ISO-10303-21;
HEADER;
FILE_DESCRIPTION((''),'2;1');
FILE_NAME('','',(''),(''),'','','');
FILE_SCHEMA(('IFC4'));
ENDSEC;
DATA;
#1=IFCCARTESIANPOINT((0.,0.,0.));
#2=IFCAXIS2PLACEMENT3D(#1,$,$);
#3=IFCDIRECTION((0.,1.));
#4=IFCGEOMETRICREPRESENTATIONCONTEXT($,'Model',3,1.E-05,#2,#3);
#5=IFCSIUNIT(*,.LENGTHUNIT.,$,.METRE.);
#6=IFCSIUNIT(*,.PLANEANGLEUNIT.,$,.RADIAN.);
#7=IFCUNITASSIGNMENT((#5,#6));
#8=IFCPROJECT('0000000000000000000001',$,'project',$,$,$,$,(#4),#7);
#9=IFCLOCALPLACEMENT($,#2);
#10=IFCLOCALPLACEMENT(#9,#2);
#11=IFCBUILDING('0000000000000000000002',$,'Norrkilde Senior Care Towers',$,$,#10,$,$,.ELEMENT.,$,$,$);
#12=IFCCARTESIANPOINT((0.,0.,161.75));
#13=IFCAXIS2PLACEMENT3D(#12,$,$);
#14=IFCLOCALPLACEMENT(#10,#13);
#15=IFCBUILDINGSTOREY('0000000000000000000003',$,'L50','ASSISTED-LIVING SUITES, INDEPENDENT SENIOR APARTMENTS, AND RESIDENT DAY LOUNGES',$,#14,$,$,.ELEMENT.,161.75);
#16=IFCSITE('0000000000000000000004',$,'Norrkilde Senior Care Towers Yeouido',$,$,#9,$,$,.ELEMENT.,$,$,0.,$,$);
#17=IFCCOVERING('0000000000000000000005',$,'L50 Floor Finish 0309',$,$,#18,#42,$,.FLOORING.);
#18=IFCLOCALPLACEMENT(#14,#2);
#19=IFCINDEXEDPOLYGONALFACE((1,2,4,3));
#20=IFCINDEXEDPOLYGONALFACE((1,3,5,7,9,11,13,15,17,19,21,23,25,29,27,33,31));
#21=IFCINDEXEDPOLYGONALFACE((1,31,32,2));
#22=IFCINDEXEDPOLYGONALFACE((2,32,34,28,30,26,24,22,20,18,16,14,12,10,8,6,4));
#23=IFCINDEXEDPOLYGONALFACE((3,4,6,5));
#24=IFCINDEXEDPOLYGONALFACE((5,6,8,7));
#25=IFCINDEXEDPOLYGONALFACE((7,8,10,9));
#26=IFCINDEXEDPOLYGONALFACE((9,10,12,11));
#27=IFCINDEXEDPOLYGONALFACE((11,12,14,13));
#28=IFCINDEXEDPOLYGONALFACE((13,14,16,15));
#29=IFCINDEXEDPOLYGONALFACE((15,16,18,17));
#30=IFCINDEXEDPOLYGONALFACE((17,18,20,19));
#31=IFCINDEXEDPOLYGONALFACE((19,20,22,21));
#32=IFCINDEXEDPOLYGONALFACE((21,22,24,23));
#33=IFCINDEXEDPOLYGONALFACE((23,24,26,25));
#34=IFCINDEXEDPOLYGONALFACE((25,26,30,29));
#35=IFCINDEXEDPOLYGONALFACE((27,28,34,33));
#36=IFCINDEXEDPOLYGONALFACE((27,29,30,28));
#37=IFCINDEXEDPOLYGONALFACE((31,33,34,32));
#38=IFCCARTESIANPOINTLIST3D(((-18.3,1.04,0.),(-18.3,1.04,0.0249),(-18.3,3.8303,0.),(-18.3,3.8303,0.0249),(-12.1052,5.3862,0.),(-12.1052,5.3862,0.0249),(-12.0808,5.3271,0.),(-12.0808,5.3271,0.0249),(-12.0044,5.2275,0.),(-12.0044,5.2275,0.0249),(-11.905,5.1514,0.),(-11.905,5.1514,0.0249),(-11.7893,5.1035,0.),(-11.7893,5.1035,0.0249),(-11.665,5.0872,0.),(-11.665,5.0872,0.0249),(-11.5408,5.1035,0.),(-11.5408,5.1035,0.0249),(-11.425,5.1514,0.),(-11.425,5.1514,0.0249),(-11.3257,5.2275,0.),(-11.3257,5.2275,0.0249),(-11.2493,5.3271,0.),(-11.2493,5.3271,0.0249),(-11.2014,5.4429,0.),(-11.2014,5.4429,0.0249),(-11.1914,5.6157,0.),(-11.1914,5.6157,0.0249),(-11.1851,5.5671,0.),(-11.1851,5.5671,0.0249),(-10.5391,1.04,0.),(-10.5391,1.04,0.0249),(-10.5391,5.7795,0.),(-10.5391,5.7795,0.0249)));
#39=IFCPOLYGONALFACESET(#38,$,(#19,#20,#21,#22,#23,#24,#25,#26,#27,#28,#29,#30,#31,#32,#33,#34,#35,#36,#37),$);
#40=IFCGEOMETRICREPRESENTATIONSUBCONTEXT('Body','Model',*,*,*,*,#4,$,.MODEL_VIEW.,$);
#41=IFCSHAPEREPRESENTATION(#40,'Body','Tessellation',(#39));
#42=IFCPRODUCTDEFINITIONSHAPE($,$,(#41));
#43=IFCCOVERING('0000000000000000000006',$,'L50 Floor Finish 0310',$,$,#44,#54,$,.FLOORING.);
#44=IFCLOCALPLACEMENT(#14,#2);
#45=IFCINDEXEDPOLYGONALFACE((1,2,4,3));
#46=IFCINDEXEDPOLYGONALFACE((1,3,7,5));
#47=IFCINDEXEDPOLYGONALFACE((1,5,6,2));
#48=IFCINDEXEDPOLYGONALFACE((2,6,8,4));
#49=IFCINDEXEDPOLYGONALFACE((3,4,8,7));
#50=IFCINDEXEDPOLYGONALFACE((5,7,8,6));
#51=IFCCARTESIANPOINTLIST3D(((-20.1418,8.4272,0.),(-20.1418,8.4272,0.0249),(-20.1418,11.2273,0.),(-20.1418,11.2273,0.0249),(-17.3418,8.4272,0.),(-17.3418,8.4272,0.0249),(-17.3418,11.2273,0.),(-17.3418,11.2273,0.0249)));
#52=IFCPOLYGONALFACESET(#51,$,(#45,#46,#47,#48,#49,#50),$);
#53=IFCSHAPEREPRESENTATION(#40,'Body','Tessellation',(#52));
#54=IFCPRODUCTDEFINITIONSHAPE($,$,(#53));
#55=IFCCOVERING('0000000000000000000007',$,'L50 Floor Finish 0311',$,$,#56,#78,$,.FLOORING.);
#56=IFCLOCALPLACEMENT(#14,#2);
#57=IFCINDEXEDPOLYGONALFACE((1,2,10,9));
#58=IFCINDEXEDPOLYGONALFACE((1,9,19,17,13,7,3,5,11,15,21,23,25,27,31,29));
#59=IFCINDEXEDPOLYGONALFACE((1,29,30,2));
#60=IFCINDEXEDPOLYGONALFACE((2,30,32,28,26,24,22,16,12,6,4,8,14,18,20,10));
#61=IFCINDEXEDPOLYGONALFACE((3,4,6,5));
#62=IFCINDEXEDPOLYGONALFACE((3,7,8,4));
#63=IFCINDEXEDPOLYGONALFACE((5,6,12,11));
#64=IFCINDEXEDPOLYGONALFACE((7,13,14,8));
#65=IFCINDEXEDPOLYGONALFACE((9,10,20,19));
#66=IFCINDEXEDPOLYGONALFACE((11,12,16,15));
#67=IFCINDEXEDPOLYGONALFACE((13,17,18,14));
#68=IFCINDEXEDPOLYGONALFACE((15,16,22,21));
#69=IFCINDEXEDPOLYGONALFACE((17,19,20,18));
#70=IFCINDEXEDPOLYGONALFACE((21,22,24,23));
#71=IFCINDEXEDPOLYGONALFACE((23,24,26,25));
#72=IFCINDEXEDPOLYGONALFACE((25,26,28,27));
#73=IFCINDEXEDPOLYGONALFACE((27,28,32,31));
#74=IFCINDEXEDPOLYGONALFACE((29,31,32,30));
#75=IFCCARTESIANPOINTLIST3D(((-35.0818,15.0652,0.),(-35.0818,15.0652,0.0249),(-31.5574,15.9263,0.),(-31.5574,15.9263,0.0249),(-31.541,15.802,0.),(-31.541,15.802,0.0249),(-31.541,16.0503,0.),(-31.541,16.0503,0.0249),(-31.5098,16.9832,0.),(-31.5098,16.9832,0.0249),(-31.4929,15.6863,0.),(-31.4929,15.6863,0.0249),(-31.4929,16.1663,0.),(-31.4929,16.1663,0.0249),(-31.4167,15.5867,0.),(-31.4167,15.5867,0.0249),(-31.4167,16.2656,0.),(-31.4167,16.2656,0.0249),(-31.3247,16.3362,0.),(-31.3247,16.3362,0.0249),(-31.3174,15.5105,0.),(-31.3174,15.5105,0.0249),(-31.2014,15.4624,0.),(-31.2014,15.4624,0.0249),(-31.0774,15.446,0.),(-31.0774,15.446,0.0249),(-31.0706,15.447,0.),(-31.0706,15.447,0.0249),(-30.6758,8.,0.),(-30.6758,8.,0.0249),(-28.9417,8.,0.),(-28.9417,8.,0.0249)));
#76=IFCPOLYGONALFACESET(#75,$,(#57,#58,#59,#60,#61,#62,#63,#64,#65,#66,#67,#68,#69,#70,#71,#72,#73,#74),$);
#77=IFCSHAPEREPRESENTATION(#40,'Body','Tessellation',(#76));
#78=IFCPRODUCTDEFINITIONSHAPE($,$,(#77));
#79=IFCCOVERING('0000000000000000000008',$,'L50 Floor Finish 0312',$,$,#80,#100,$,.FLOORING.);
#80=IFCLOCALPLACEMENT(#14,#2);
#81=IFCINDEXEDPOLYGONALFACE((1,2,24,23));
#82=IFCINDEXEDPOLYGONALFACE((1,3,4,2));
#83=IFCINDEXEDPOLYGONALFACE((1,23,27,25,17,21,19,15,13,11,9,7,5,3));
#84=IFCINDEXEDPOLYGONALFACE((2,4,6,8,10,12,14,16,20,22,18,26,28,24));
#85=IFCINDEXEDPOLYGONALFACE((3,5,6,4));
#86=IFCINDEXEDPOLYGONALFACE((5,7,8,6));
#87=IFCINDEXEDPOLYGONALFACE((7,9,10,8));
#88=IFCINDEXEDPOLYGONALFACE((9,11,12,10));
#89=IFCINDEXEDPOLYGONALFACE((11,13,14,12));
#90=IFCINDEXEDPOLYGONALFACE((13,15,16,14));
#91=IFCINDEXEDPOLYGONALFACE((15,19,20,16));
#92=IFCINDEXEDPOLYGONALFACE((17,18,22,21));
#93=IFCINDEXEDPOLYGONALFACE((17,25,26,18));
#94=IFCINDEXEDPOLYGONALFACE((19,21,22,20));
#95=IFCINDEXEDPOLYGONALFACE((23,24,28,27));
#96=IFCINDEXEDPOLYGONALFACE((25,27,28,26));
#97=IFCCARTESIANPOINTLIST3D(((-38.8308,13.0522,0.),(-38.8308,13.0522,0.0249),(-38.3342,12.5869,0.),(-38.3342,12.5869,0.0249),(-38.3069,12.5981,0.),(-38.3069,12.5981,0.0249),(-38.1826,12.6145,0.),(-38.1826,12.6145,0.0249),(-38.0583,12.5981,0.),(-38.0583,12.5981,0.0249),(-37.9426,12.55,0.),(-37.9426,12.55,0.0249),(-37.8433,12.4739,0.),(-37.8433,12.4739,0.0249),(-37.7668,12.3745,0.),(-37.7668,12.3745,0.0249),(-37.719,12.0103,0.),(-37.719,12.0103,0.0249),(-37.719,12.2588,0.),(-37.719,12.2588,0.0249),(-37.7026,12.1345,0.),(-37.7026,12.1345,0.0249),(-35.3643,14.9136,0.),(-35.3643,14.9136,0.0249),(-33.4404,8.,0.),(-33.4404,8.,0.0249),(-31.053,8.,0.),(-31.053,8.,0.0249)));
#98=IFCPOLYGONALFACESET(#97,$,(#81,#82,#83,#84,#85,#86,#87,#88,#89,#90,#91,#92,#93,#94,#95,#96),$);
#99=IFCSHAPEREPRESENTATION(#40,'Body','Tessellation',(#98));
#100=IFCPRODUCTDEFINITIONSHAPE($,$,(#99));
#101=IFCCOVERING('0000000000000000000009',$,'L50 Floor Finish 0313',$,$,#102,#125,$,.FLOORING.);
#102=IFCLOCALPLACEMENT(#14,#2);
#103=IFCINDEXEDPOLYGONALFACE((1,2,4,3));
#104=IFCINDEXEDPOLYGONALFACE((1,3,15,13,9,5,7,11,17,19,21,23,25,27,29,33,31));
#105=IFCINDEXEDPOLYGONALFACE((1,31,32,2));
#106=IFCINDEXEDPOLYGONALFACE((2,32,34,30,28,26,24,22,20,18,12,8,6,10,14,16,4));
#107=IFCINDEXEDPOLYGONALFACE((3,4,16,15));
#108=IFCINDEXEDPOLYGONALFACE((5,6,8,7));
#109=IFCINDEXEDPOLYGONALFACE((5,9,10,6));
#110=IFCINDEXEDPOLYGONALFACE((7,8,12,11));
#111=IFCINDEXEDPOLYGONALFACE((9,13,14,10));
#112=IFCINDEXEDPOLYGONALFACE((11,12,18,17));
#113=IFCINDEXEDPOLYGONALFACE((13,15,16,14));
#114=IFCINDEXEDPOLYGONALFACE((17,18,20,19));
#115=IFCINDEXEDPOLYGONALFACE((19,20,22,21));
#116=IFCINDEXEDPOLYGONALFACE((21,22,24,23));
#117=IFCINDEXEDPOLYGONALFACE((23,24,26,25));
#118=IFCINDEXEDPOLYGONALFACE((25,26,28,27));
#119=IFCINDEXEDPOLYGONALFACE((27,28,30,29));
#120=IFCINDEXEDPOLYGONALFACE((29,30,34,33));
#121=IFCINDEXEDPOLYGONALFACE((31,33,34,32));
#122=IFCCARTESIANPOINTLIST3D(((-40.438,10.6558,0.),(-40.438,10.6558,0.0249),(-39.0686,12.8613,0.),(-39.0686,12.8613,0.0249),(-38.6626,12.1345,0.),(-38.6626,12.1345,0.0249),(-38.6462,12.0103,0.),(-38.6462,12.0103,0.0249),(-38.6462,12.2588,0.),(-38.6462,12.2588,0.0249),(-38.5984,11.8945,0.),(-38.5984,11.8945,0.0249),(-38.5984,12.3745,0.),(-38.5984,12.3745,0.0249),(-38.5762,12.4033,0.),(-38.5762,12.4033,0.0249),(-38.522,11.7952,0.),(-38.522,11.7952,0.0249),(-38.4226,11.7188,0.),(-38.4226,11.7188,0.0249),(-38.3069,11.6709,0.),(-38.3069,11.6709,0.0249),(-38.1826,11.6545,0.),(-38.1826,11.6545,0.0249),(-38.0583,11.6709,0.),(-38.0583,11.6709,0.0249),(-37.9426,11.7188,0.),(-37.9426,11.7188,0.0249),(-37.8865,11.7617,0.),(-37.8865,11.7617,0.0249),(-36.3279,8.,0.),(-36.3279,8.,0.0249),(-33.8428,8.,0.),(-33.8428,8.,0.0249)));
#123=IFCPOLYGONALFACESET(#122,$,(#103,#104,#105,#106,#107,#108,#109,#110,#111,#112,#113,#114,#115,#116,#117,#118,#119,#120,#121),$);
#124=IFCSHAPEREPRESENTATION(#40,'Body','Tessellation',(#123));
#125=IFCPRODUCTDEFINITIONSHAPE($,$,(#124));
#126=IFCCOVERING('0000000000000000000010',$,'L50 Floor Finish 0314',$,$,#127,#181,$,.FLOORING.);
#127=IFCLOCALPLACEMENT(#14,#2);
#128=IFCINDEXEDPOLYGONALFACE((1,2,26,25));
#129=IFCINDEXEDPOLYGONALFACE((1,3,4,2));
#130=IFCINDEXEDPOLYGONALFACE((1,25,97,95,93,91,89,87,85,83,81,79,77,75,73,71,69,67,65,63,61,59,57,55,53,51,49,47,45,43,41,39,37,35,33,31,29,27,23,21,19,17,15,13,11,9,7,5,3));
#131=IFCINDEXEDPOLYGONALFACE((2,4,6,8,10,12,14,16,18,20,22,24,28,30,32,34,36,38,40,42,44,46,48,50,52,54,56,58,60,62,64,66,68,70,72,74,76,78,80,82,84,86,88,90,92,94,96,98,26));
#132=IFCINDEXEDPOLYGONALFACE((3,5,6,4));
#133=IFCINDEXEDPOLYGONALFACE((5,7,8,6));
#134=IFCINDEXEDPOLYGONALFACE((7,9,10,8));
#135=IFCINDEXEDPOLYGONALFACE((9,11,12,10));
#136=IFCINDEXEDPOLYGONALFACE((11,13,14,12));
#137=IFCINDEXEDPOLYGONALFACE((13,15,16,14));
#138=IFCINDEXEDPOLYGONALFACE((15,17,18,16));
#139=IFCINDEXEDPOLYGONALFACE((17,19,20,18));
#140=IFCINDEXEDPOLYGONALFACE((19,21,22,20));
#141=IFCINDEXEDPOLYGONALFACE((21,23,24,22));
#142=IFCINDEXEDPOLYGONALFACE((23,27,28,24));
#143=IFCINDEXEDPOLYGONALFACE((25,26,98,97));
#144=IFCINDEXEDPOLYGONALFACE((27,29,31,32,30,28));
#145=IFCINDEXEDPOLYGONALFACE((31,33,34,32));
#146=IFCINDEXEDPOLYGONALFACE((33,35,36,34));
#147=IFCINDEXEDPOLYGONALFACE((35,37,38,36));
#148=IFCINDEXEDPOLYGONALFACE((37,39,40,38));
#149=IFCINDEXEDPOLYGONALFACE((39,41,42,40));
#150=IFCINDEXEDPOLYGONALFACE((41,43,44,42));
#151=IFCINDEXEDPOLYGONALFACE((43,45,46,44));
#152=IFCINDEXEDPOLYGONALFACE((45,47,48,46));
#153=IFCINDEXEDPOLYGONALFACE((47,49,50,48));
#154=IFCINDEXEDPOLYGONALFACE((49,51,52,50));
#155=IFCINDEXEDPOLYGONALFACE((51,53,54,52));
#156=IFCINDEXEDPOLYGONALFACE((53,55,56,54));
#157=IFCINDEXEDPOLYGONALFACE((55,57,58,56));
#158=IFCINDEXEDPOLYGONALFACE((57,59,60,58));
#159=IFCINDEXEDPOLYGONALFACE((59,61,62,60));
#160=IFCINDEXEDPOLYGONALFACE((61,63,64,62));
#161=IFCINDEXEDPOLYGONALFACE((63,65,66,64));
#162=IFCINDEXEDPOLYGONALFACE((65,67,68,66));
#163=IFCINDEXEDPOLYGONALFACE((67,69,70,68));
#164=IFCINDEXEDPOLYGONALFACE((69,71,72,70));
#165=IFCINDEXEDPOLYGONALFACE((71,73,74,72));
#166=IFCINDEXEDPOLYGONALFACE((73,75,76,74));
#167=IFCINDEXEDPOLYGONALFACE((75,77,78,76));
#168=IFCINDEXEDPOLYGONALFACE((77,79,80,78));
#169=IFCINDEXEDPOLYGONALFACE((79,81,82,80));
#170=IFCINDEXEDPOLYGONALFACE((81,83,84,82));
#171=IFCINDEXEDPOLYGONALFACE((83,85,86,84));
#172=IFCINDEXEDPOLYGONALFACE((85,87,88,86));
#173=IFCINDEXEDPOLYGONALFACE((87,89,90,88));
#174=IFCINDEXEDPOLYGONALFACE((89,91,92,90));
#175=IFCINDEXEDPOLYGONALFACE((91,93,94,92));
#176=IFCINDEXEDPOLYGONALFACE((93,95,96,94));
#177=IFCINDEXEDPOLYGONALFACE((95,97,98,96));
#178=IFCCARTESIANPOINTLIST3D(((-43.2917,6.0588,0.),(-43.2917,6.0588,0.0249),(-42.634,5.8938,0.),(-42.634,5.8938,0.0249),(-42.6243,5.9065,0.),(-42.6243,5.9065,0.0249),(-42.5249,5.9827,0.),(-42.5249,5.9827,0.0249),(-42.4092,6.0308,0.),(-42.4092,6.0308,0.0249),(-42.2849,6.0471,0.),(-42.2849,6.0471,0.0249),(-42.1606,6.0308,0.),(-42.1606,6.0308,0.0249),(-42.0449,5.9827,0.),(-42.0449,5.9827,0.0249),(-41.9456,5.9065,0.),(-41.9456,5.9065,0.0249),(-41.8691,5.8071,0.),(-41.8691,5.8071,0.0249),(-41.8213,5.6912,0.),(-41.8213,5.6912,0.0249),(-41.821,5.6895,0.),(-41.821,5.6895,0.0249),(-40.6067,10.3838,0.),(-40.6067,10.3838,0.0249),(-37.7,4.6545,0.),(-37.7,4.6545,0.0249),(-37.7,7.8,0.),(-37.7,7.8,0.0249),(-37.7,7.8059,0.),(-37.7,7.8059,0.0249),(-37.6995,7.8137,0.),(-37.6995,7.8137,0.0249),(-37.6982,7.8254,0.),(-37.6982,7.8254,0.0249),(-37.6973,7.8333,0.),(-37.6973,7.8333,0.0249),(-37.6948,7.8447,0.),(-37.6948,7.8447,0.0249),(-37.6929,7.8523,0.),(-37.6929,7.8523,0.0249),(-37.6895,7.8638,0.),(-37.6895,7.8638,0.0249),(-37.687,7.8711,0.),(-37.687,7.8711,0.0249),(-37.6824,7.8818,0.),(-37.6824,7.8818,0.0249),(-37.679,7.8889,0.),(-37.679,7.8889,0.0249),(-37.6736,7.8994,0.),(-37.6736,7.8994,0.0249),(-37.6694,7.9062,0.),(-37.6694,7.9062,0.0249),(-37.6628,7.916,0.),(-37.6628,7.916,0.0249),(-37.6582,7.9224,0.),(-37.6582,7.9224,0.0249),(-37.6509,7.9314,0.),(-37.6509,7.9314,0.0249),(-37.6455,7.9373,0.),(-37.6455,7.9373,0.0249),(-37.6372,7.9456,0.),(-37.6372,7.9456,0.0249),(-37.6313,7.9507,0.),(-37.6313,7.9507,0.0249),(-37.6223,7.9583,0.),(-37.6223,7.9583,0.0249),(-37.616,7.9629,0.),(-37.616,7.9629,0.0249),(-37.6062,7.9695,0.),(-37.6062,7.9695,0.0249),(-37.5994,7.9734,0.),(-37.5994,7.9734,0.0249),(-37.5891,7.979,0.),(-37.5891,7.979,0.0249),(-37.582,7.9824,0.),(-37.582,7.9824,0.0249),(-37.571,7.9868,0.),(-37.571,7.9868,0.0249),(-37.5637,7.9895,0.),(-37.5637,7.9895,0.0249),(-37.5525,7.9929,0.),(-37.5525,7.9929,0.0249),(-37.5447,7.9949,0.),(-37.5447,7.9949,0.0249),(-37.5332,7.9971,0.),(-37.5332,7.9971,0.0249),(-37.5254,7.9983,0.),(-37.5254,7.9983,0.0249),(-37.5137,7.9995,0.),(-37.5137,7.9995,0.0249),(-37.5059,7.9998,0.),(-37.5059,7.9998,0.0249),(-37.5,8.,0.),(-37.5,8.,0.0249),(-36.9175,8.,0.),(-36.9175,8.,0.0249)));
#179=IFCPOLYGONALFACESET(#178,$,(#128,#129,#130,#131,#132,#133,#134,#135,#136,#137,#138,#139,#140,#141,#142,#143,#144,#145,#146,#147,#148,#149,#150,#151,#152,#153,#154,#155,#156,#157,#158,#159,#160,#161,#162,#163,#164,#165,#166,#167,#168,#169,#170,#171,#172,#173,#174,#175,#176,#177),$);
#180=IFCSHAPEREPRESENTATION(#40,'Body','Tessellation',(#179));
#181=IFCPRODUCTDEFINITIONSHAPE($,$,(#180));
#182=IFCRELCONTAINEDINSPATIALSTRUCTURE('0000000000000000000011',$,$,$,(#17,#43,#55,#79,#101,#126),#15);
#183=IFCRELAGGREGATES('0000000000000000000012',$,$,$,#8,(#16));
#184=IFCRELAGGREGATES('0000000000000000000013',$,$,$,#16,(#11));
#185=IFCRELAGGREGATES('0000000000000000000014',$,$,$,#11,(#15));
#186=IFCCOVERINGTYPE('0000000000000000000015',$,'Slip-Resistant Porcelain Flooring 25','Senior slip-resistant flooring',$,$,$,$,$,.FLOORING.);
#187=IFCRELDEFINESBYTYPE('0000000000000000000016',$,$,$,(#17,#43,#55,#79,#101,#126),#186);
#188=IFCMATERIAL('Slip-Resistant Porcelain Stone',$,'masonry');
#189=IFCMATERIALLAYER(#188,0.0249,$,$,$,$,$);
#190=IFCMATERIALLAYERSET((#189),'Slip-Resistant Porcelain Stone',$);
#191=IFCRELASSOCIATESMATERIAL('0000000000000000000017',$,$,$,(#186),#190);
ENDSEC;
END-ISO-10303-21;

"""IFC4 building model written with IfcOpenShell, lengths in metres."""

from ifc_helpers import new_model, si_unit, direction, frame, origin, place, context, subcontext, project, spatial, polyline, outline, extrude, material, layer, layer_set, type_object, element, save


model = new_model("IFC4")

# Units and contexts
model_context = context("Model", 3, precision=1e-05, world=origin(), true_north=direction((0.0, 1.0)))
body_context = subcontext(model_context, "Body", "Model", "MODEL_VIEW")
ifc_project = project(units=[si_unit("LENGTHUNIT", "METRE"), si_unit("PLANEANGLEUNIT", "RADIAN")], contexts=[model_context])

# Site, building, storey
site_placement = place(None, origin())
site = spatial("IfcSite", under=ifc_project, at=site_placement, Name="Norrkilde Senior Care Towers Yeouido", CompositionType="ELEMENT", RefElevation=0.0)
building_placement = place(site_placement, origin())
building = spatial("IfcBuilding", under=site, at=building_placement, Name="Norrkilde Senior Care Towers", CompositionType="ELEMENT")
storey_placement = place(building_placement, frame((0.0, 0.0, 161.75)))
storey = spatial("IfcBuildingStorey", under=building, at=storey_placement, Name="L50", Description="ASSISTED-LIVING SUITES, INDEPENDENT SENIOR APARTMENTS, AND RESIDENT DAY LOUNGES", CompositionType="ELEMENT", Elevation=161.75)

# Coverings
ifc_material_1 = material(Name="Slip-Resistant Porcelain Stone", Category="masonry")
ifc_layer_1 = layer(ifc_material_1, 0.0249)
ifc_layer_set_1 = layer_set([ifc_layer_1], Name="Slip-Resistant Porcelain Stone")
covering_type_1 = type_object("IfcCoveringType", Name="Slip-Resistant Porcelain Flooring 25", Description="Senior slip-resistant flooring", PredefinedType="FLOORING", material=ifc_layer_set_1)
covering_1_placement = place(storey_placement, origin())
element("IfcCovering", 1, at=covering_1_placement, inside=storey, type_object=covering_type_1, Name="L50 Floor Finish 0309", PredefinedType="FLOORING", context=body_context, shape_type="SweptSolid", body=[
    extrude(outline(polyline([(-10.5391, 1.04), (-18.3, 1.04), (-18.3, 3.8303), (-12.1052, 5.3862), (-12.0808, 5.3271), (-12.0044, 5.2275), (-11.905, 5.1514), (-11.7893, 5.1035), (-11.665, 5.0872), (-11.5408, 5.1035), (-11.425, 5.1514), (-11.3257, 5.2275), (-11.2493, 5.3271), (-11.2014, 5.4429), (-11.1851, 5.5671), (-11.1914, 5.6157), (-10.5391, 5.7795), (-10.5391, 1.04)])), origin(), (0.0, 0.0, 1.0), 0.0249),
])
covering_2_placement = place(storey_placement, origin())
element("IfcCovering", 2, at=covering_2_placement, inside=storey, type_object=covering_type_1, Name="L50 Floor Finish 0310", PredefinedType="FLOORING", context=body_context, shape_type="SweptSolid", body=[
    extrude(outline(polyline([(-20.1418, 8.4272), (-20.1418, 11.2273), (-17.3418, 11.2273), (-17.3418, 8.4272), (-20.1418, 8.4272)])), origin(), (0.0, 0.0, 1.0), 0.0249),
])
covering_3_placement = place(storey_placement, origin())
element("IfcCovering", 3, at=covering_3_placement, inside=storey, type_object=covering_type_1, Name="L50 Floor Finish 0311", PredefinedType="FLOORING", context=body_context, shape_type="SweptSolid", body=[
    extrude(outline(polyline([(-31.3247, 16.3362), (-31.4167, 16.2656), (-31.4929, 16.1663), (-31.541, 16.0503), (-31.5574, 15.9263), (-31.541, 15.802), (-31.4929, 15.6863), (-31.4167, 15.5867), (-31.3174, 15.5105), (-31.2014, 15.4624), (-31.0774, 15.446), (-31.0706, 15.447), (-28.9417, 8.0), (-30.6758, 8.0), (-35.0818, 15.0652), (-31.5098, 16.9832), (-31.3247, 16.3362)])), origin(), (0.0, 0.0, 1.0), 0.0249),
])
covering_4_placement = place(storey_placement, origin())
element("IfcCovering", 4, at=covering_4_placement, inside=storey, type_object=covering_type_1, Name="L50 Floor Finish 0312", PredefinedType="FLOORING", context=body_context, shape_type="SweptSolid", body=[
    extrude(outline(polyline([(-33.4404, 8.0), (-37.719, 12.0103), (-37.719, 12.0103), (-37.7026, 12.1345), (-37.719, 12.2588), (-37.7668, 12.3745), (-37.8433, 12.4739), (-37.9426, 12.55), (-38.0583, 12.5981), (-38.1826, 12.6145), (-38.3069, 12.5981), (-38.3342, 12.5869), (-38.8308, 13.0522), (-35.3643, 14.9136), (-31.053, 8.0), (-33.4404, 8.0)])), origin(), (0.0, 0.0, 1.0), 0.0249),
])
covering_5_placement = place(storey_placement, origin())
element("IfcCovering", 5, at=covering_5_placement, inside=storey, type_object=covering_type_1, Name="L50 Floor Finish 0313", PredefinedType="FLOORING", context=body_context, shape_type="SweptSolid", body=[
    extrude(outline(polyline([(-38.5762, 12.4033), (-38.5984, 12.3745), (-38.6462, 12.2588), (-38.6626, 12.1345), (-38.6462, 12.0103), (-38.5984, 11.8945), (-38.522, 11.7952), (-38.4226, 11.7188), (-38.3069, 11.6709), (-38.1826, 11.6545), (-38.0583, 11.6709), (-37.9426, 11.7188), (-37.8865, 11.7617), (-33.8428, 8.0), (-36.3279, 8.0), (-40.438, 10.6558), (-39.0686, 12.8613), (-38.5762, 12.4033)])), origin(), (0.0, 0.0, 1.0), 0.0249),
])
covering_6_placement = place(storey_placement, origin())
element("IfcCovering", 6, at=covering_6_placement, inside=storey, type_object=covering_type_1, Name="L50 Floor Finish 0314", PredefinedType="FLOORING", context=body_context, shape_type="SweptSolid", body=[
    extrude(outline(polyline([(-37.5525, 7.9929), (-37.5637, 7.9895), (-37.571, 7.9868), (-37.582, 7.9824), (-37.5891, 7.979), (-37.5994, 7.9734), (-37.6062, 7.9695), (-37.616, 7.9629), (-37.6223, 7.9583), (-37.6313, 7.9507), (-37.6372, 7.9456), (-37.6455, 7.9373), (-37.6509, 7.9314), (-37.6582, 7.9224), (-37.6628, 7.916), (-37.6694, 7.9062), (-37.6736, 7.8994), (-37.679, 7.8889), (-37.6824, 7.8818), (-37.687, 7.8711), (-37.6895, 7.8638), (-37.6929, 7.8523), (-37.6948, 7.8447), (-37.6973, 7.8333), (-37.6982, 7.8254), (-37.6995, 7.8137), (-37.7, 7.8059), (-37.7, 7.8), (-37.7, 4.6545), (-41.821, 5.6895), (-41.8213, 5.6912), (-41.8691, 5.8071), (-41.9456, 5.9065), (-42.0449, 5.9827), (-42.1606, 6.0308), (-42.2849, 6.0471), (-42.4092, 6.0308), (-42.5249, 5.9827), (-42.6243, 5.9065), (-42.634, 5.8938), (-43.2917, 6.0588), (-40.6067, 10.3838), (-36.9175, 8.0), (-37.5, 8.0), (-37.5059, 7.9998), (-37.5137, 7.9995), (-37.5254, 7.9983), (-37.5332, 7.9971), (-37.5447, 7.9949), (-37.5525, 7.9929)])), origin(), (0.0, 0.0, 1.0), 0.0249),
])

save(model, "model.ifc")
